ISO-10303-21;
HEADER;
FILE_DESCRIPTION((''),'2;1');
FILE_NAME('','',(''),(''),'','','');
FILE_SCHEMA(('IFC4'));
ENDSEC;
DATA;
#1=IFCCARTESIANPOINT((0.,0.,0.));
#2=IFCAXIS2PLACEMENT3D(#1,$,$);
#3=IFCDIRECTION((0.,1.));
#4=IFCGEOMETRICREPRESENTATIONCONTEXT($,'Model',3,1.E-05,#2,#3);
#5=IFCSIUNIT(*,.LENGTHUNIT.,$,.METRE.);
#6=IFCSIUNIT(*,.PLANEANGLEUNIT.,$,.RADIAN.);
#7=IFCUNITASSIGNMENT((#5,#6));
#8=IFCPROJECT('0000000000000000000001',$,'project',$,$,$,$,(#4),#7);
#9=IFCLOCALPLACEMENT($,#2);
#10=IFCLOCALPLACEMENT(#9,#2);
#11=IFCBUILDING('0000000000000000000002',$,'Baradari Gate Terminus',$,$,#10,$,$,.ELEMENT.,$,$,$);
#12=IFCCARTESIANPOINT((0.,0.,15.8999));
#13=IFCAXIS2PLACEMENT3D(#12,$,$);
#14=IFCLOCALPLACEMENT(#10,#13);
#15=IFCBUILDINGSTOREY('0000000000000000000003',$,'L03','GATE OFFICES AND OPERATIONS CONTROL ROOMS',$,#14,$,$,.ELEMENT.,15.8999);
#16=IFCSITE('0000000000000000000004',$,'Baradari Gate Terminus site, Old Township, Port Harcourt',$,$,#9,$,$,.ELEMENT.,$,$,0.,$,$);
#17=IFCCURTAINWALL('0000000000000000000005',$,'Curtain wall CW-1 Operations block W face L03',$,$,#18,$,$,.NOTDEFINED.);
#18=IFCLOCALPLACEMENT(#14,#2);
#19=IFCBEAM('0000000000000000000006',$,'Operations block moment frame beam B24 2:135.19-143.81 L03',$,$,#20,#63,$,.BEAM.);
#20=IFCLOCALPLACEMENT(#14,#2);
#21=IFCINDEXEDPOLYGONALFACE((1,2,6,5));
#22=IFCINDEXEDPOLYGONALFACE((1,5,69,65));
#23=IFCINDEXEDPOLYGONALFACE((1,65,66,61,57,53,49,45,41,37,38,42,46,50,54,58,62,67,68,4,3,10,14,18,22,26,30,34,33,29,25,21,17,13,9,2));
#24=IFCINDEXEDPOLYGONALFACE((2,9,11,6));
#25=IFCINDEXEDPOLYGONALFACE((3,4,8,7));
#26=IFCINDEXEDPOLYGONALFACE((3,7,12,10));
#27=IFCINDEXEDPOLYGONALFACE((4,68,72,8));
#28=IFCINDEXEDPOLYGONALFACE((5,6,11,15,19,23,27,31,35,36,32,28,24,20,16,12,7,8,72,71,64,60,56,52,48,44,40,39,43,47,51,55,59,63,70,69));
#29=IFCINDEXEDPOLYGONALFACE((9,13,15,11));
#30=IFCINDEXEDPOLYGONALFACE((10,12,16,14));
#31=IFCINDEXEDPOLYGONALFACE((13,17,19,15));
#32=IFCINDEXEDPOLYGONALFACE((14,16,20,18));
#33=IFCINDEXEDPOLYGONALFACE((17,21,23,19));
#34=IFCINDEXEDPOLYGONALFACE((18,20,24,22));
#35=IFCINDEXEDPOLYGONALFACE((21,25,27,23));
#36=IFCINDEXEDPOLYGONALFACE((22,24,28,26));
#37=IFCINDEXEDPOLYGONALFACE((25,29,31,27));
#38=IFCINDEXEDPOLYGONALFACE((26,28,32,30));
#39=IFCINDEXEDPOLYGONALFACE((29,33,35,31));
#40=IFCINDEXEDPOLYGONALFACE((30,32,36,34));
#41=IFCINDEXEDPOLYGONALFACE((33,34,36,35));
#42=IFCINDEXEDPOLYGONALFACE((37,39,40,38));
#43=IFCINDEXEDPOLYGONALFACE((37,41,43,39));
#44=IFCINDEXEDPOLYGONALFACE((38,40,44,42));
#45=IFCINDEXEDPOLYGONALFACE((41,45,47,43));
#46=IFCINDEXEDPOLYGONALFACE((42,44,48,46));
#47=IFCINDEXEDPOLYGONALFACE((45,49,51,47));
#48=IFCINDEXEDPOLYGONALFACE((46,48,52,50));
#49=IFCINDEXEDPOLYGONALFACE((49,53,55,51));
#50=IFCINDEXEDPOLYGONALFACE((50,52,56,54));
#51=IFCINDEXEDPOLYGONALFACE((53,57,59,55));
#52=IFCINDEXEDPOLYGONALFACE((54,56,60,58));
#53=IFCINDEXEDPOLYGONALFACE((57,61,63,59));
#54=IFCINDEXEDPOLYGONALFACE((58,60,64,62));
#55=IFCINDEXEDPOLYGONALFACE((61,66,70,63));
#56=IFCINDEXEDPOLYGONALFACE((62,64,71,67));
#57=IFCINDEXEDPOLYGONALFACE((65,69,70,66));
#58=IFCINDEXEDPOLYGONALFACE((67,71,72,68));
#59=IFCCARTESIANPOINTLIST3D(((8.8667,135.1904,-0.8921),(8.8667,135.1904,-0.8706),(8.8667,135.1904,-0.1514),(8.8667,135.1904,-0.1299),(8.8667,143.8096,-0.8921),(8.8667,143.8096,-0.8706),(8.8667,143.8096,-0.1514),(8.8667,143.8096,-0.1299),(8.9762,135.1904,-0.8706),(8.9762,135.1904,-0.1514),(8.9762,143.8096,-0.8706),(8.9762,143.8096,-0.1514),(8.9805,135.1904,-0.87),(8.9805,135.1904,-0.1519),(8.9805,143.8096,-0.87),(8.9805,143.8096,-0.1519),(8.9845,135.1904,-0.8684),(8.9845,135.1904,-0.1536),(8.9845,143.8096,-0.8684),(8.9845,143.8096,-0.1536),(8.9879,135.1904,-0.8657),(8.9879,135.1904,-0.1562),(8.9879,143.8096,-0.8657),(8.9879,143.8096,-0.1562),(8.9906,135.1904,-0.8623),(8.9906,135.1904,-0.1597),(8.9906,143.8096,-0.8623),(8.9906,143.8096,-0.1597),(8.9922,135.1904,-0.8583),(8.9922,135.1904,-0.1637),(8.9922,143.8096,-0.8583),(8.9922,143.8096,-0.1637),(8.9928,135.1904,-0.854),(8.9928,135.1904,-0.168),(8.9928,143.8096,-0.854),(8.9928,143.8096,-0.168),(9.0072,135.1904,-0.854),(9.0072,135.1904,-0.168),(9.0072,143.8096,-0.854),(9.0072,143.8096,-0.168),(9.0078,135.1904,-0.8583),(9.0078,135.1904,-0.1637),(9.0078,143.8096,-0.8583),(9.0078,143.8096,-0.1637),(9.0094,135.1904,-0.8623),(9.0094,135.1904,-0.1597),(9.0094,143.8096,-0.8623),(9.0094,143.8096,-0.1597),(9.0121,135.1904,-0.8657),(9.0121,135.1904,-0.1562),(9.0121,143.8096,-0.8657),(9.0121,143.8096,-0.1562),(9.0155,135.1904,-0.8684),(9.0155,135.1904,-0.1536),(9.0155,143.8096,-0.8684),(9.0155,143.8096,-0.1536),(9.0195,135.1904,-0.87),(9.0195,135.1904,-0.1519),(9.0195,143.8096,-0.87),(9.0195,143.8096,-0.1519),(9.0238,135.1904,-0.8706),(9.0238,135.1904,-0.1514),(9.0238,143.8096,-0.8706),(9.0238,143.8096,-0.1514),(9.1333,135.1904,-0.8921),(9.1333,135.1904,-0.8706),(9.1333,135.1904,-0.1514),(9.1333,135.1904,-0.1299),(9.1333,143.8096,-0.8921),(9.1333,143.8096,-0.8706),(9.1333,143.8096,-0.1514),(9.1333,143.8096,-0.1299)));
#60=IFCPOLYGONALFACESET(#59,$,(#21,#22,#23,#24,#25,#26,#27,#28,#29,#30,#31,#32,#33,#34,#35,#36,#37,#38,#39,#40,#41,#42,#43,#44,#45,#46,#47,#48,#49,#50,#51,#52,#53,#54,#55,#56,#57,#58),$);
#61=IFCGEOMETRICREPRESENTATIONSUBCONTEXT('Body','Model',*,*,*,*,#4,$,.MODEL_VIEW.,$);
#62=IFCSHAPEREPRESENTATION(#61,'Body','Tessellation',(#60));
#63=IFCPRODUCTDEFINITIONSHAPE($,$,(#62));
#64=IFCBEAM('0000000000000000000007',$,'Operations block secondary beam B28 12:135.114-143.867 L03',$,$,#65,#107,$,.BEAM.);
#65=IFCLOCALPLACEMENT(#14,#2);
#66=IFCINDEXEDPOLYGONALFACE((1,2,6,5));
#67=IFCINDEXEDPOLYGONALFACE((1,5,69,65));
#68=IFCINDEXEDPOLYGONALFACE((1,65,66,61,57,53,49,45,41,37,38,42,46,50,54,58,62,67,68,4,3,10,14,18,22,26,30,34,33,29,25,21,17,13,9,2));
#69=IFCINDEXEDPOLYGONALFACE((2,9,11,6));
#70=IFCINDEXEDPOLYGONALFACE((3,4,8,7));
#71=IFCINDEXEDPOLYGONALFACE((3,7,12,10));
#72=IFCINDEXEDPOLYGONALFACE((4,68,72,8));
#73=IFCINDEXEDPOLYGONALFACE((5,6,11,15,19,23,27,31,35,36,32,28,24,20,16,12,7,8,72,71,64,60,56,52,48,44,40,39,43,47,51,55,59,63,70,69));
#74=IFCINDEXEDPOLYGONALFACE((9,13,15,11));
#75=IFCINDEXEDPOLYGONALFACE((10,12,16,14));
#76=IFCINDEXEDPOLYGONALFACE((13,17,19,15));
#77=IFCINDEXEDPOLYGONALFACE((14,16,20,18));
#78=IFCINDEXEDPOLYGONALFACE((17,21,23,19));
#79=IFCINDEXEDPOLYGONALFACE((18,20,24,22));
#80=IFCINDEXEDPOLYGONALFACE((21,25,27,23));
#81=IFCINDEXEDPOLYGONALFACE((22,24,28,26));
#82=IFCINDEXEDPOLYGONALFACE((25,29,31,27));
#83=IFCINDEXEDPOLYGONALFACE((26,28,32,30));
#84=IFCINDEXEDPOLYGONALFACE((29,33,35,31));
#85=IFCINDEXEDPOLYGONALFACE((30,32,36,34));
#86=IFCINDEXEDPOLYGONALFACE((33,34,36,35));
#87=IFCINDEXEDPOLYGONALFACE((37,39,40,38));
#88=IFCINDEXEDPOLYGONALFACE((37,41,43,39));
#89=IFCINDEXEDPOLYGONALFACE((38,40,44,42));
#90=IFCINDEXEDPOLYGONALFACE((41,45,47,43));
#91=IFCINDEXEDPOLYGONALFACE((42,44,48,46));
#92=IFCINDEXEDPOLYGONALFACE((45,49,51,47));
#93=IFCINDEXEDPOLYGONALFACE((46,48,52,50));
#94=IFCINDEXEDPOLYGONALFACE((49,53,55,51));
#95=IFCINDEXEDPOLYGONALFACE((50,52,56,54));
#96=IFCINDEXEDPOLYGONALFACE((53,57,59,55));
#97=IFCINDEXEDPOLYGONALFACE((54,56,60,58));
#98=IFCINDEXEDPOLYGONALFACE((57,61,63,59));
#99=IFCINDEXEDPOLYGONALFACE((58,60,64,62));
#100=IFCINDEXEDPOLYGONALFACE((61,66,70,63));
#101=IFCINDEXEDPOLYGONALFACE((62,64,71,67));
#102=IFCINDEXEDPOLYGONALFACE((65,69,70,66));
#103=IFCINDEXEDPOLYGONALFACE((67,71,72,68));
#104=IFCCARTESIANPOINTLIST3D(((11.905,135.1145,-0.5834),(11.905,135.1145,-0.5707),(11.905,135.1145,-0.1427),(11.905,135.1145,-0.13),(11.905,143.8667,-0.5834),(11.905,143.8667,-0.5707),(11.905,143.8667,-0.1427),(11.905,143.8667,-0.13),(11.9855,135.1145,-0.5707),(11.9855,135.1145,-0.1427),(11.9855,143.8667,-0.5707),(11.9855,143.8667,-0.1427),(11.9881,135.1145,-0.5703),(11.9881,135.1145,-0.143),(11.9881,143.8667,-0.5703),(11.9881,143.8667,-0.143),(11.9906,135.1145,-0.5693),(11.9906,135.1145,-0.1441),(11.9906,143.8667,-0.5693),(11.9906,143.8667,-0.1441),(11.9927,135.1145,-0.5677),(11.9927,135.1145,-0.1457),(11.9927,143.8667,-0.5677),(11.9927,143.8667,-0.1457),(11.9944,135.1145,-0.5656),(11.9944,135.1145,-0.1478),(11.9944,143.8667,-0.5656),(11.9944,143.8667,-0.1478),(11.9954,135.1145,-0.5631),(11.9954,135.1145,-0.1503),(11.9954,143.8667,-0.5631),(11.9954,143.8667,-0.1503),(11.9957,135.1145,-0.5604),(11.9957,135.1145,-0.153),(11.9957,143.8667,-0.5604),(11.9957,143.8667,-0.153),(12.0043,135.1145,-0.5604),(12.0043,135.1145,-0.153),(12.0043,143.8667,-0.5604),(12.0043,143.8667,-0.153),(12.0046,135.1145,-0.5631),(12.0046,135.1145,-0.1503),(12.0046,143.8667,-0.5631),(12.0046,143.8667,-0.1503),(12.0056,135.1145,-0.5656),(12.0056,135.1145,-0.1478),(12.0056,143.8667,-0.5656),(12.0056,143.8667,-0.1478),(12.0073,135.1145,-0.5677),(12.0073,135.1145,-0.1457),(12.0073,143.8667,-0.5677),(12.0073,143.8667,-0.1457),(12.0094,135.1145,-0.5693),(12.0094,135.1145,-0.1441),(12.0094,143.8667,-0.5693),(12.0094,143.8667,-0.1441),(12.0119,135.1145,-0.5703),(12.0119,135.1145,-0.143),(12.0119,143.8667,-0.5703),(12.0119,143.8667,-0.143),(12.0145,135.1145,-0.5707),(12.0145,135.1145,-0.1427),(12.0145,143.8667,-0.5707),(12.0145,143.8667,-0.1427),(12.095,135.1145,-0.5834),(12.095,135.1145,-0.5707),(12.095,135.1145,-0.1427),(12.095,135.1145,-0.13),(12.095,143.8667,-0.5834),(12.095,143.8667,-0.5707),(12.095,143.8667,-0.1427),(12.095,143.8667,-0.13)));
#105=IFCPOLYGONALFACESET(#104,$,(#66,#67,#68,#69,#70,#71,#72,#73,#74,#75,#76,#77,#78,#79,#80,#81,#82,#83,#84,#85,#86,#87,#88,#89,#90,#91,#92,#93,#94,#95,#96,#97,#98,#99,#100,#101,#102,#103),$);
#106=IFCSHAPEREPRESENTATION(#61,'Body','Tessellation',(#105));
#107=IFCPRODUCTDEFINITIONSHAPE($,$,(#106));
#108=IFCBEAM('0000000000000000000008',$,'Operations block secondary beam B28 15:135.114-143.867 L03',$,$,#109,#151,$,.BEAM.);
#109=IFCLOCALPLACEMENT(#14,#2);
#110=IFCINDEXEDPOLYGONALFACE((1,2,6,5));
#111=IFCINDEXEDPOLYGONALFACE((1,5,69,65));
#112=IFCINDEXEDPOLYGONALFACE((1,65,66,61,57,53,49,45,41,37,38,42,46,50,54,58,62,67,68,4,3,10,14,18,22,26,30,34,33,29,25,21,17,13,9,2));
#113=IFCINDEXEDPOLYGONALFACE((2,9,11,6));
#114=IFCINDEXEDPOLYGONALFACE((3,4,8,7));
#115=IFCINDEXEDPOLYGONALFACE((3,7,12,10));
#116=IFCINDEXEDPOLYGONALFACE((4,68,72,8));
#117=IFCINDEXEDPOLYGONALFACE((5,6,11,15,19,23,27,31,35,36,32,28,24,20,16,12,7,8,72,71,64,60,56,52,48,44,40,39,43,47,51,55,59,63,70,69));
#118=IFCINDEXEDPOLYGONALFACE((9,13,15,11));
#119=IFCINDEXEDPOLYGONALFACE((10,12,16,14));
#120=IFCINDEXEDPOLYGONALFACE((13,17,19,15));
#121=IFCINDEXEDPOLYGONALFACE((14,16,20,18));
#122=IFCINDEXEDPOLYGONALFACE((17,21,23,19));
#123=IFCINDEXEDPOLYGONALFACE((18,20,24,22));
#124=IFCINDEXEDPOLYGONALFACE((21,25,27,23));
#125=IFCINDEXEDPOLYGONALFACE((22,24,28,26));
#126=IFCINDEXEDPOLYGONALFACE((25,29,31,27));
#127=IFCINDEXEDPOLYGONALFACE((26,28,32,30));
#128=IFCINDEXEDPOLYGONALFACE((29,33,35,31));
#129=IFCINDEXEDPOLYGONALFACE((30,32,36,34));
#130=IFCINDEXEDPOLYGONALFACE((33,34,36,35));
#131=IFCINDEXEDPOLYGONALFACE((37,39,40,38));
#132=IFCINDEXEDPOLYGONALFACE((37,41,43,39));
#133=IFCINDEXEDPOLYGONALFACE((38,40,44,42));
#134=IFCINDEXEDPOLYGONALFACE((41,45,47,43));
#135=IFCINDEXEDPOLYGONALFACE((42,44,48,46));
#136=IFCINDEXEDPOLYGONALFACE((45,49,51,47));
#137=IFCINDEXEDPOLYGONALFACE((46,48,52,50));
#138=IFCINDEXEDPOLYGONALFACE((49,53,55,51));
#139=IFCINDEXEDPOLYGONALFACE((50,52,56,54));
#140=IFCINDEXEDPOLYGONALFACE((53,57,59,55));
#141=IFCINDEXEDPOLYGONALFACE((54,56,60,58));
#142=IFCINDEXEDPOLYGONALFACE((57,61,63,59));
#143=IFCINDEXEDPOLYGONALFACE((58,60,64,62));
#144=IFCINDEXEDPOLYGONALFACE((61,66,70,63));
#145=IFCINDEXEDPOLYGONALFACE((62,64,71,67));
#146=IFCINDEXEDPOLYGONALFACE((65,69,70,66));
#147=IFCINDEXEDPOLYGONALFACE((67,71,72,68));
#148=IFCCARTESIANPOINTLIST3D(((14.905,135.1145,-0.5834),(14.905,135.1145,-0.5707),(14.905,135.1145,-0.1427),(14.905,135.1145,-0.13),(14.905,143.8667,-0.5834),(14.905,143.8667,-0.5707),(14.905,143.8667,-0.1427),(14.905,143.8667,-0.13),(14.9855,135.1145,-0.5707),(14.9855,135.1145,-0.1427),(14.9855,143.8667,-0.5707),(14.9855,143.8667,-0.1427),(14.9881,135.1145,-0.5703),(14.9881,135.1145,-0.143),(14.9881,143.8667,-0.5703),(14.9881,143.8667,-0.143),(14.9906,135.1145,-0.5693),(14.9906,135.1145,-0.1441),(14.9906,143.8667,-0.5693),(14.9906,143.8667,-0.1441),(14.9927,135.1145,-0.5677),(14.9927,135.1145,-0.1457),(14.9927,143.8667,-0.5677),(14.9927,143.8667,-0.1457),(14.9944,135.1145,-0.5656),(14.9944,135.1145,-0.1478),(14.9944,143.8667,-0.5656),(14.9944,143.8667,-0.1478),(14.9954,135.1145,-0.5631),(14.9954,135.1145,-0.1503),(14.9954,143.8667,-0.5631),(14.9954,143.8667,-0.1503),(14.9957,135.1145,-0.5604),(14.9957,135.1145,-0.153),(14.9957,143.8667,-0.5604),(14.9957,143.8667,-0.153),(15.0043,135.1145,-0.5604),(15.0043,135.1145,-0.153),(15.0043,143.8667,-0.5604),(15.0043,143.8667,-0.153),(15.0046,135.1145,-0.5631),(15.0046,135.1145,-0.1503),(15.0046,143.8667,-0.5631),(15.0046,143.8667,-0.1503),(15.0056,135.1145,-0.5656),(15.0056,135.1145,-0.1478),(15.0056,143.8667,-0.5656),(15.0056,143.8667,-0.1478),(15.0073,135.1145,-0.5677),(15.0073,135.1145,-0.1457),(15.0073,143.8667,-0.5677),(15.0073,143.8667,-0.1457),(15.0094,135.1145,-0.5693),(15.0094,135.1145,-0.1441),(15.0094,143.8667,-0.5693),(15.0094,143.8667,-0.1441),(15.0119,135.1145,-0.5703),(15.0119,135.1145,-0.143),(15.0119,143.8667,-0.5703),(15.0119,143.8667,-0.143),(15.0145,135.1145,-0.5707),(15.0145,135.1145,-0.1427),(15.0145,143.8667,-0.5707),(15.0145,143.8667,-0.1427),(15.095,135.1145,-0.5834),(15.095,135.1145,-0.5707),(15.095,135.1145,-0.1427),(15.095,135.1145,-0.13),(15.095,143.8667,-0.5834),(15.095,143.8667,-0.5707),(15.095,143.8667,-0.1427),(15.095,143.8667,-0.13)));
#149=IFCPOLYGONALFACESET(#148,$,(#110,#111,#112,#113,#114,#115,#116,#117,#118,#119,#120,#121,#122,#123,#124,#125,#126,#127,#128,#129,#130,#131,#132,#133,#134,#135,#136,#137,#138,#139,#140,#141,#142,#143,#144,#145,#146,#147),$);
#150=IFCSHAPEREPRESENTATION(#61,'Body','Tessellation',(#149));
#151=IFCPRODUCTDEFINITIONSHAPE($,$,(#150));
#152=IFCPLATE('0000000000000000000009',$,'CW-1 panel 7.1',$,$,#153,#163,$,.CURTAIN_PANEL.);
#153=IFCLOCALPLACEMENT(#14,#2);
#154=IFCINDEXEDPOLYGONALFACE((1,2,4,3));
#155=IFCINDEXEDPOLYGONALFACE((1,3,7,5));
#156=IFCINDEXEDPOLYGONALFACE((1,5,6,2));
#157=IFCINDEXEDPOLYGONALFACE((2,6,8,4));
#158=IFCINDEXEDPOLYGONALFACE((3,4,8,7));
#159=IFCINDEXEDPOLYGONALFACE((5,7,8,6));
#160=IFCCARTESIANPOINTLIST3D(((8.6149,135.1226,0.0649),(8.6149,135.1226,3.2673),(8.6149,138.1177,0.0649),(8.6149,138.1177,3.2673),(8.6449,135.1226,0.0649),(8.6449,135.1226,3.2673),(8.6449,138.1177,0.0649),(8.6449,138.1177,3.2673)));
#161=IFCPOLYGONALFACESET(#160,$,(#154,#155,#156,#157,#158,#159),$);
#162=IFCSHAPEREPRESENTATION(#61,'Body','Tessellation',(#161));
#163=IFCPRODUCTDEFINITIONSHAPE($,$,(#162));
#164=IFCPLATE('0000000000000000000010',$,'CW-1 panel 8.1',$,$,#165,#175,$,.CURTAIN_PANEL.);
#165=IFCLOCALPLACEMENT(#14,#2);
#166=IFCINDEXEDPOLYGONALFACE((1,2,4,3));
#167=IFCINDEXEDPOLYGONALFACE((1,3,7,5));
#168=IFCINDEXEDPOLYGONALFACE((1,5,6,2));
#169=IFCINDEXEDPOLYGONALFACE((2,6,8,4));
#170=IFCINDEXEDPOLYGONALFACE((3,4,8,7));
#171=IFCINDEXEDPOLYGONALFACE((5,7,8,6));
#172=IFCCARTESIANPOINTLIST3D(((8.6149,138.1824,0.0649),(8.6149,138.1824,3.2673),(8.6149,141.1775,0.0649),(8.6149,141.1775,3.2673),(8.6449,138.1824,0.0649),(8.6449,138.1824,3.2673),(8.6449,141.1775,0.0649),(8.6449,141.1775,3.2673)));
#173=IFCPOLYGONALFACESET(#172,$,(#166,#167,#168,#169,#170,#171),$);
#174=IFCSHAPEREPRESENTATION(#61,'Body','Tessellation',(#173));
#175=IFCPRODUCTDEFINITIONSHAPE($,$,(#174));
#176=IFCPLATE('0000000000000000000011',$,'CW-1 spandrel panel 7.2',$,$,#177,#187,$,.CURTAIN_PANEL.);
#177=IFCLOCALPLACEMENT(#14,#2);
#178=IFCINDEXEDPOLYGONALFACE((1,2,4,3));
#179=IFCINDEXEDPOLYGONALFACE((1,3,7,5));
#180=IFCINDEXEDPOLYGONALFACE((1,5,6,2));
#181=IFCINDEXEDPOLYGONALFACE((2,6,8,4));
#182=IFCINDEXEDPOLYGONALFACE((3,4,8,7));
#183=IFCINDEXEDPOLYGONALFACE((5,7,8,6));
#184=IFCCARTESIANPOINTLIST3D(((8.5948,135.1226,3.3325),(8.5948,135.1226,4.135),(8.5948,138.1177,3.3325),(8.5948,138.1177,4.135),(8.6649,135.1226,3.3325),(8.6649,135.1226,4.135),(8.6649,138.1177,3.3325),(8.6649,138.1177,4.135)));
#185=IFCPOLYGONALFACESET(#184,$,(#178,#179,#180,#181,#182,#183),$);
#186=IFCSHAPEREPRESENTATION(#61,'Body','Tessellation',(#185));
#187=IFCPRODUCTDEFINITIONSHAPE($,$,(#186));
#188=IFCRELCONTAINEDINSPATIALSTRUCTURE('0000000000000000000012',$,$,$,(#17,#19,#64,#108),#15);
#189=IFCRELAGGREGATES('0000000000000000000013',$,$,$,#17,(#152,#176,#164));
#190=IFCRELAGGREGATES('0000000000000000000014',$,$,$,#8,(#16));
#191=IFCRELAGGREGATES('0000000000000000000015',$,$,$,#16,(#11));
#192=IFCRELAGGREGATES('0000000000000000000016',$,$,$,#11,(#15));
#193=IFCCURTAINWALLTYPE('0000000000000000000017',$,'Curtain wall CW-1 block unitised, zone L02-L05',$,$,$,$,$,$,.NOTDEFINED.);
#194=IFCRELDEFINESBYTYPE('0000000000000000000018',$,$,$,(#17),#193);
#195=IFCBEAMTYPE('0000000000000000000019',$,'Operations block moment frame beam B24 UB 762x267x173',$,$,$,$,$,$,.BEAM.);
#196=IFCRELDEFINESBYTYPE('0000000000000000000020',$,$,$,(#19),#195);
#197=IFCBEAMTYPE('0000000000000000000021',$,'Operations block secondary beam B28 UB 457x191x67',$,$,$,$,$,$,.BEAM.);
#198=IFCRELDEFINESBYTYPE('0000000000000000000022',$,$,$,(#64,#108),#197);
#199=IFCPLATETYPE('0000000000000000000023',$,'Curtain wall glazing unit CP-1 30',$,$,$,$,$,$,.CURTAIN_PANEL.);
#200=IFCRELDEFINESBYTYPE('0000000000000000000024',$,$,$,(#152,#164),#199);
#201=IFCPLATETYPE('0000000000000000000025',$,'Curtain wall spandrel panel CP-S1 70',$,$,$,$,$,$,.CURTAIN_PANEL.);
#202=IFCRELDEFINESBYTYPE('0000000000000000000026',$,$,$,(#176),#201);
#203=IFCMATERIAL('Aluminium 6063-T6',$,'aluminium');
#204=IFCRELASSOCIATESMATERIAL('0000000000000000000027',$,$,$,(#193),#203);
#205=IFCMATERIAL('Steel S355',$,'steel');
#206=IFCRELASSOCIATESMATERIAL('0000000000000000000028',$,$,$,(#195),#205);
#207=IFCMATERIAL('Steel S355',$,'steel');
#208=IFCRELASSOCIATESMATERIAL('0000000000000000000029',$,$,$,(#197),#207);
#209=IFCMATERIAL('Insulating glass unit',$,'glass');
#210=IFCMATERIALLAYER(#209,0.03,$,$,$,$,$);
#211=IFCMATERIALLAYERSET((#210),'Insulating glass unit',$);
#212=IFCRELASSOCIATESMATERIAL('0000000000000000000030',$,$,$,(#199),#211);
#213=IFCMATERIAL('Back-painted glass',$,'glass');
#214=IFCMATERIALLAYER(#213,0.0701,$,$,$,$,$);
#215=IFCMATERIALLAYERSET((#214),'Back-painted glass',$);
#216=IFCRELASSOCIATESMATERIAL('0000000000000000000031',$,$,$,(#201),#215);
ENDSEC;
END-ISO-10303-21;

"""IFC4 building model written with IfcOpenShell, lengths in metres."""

from ifc_helpers import new_model, si_unit, direction, frame, origin, origin_2d, place, context, subcontext, project, spatial, rectangle, i_section, extrude, material, layer, layer_set, material_profile, profile_set, type_object, element, aggregate, save


model = new_model("IFC4")

# Units and contexts
model_context = context("Model", 3, precision=1e-05, world=origin(), true_north=direction((0.0, 1.0)))
body_context = subcontext(model_context, "Body", "Model", "MODEL_VIEW")
ifc_project = project(units=[si_unit("LENGTHUNIT", "METRE"), si_unit("PLANEANGLEUNIT", "RADIAN")], contexts=[model_context])

# Site, building, storey
site_placement = place(None, origin())
site = spatial("IfcSite", under=ifc_project, at=site_placement, Name="Baradari Gate Terminus site, Old Township, Port Harcourt", CompositionType="ELEMENT", RefElevation=0.0)
building_placement = place(site_placement, origin())
building = spatial("IfcBuilding", under=site, at=building_placement, Name="Baradari Gate Terminus", CompositionType="ELEMENT")
storey_placement = place(building_placement, frame((0.0, 0.0, 15.8999)))
storey = spatial("IfcBuildingStorey", under=building, at=storey_placement, Name="L03", Description="GATE OFFICES AND OPERATIONS CONTROL ROOMS", CompositionType="ELEMENT", Elevation=15.8999)

# Curtain wall
ifc_material_1 = material(Name="Aluminium 6063-T6", Category="aluminium")
curtain_wall_type = type_object("IfcCurtainWallType", Name="Curtain wall CW-1 block unitised, zone L02-L05", PredefinedType="NOTDEFINED", material=ifc_material_1)
curtain_wall_placement = place(storey_placement, origin())
curtain_wall = element("IfcCurtainWall", 1, at=curtain_wall_placement, inside=storey, type_object=curtain_wall_type, Name="Curtain wall CW-1 Operations block W face L03", PredefinedType="NOTDEFINED")

# Beams
ifc_material_2 = material(Name="Steel S355", Category="steel")
ifc_material_profile_1 = material_profile(ifc_material_2, i_section(OverallWidth=0.2666, OverallDepth=0.7622, WebThickness=0.0144, FlangeThickness=0.0215, FilletRadius=0.0166, at=origin_2d()), Name="UB 762x267x173")
ifc_profile_set_1 = profile_set([ifc_material_profile_1], Name="Steel S355")
beam_type_1 = type_object("IfcBeamType", Name="Operations block moment frame beam B24 UB 762x267x173", PredefinedType="BEAM", material=ifc_profile_set_1)
beam_1_placement = place(storey_placement, frame((9.0, 135.1904, -0.511), z_axis=(0.0, 1.0, 0.0), x_axis=(-1.0, 0.0, 0.0)))
element("IfcBeam", 2, at=beam_1_placement, inside=storey, type_object=beam_type_1, Name="Operations block moment frame beam B24 2:135.19-143.81 L03", PredefinedType="BEAM", context=body_context, shape_type="SweptSolid", body=[
    extrude(i_section(OverallWidth=0.2666, OverallDepth=0.7622, WebThickness=0.0144, FlangeThickness=0.0215, FilletRadius=0.0166, at=origin_2d()), origin(), (0.0, 0.0, 1.0), 8.6191),
])
ifc_material_3 = material(Name="Steel S355", Category="steel")
ifc_material_profile_2 = material_profile(ifc_material_3, i_section(OverallWidth=0.1899, OverallDepth=0.4534, WebThickness=0.0085, FlangeThickness=0.0127, FilletRadius=0.0103, at=origin_2d()), Name="UB 457x191x67")
ifc_profile_set_2 = profile_set([ifc_material_profile_2], Name="Steel S355")
beam_type_2 = type_object("IfcBeamType", Name="Operations block secondary beam B28 UB 457x191x67", PredefinedType="BEAM", material=ifc_profile_set_2)
for number, where, z_axis, x_axis, name in (
    (3, (12.0, 135.1145, -0.3567), (0.0, 1.0, 0.0), (-1.0, 0.0, 0.0), "Operations block secondary beam B28 12:135.114-143.867 L03"),
    (4, (15.0, 135.1145, -0.3567), (0.0, 1.0, 0.0), (-1.0, 0.0, 0.0), "Operations block secondary beam B28 15:135.114-143.867 L03"),
):
    element("IfcBeam", number, at=place(storey_placement, frame(where, z_axis=z_axis, x_axis=x_axis)), inside=storey, type_object=beam_type_2, Name=name, PredefinedType="BEAM", context=body_context, shape_type="SweptSolid", body=[
        extrude(i_section(OverallWidth=0.1899, OverallDepth=0.4534, WebThickness=0.0085, FlangeThickness=0.0127, FilletRadius=0.0103, at=origin_2d()), origin(), (0.0, 0.0, 1.0), 8.7522),
    ])

# Plates
ifc_material_4 = material(Name="Insulating glass unit", Category="glass")
ifc_layer_1 = layer(ifc_material_4, 0.03)
ifc_layer_set_1 = layer_set([ifc_layer_1], Name="Insulating glass unit")
plate_type_1 = type_object("IfcPlateType", Name="Curtain wall glazing unit CP-1 30", PredefinedType="CURTAIN_PANEL", material=ifc_layer_set_1)
plate_1_placement = place(storey_placement, frame((8.6299, 136.6201, 0.0649), z_axis=(0.0, 0.0, 1.0), x_axis=(0.0, 1.0, 0.0)))
plate_1 = element("IfcPlate", 5, at=plate_1_placement, type_object=plate_type_1, Name="CW-1 panel 7.1", PredefinedType="CURTAIN_PANEL", context=body_context, shape_type="SweptSolid", body=[
    extrude(rectangle(XDim=2.9951, YDim=0.03, at=origin_2d()), origin(), (0.0, 0.0, 1.0), 3.2024),
])
plate_2_placement = place(storey_placement, frame((8.6299, 139.6799, 0.0649), z_axis=(0.0, 0.0, 1.0), x_axis=(0.0, 1.0, 0.0)))
plate_2 = element("IfcPlate", 6, at=plate_2_placement, type_object=plate_type_1, Name="CW-1 panel 8.1", PredefinedType="CURTAIN_PANEL", context=body_context, shape_type="SweptSolid", body=[
    extrude(rectangle(XDim=2.9951, YDim=0.03, at=origin_2d()), origin(), (0.0, 0.0, 1.0), 3.2024),
])
ifc_material_5 = material(Name="Back-painted glass", Category="glass")
ifc_layer_2 = layer(ifc_material_5, 0.0701)
ifc_layer_set_2 = layer_set([ifc_layer_2], Name="Back-painted glass")
plate_type_2 = type_object("IfcPlateType", Name="Curtain wall spandrel panel CP-S1 70", PredefinedType="CURTAIN_PANEL", material=ifc_layer_set_2)
plate_3_placement = place(storey_placement, frame((8.6299, 136.6201, 3.3325), z_axis=(0.0, 0.0, 1.0), x_axis=(0.0, 1.0, 0.0)))
plate_3 = element("IfcPlate", 7, at=plate_3_placement, type_object=plate_type_2, Name="CW-1 spandrel panel 7.2", PredefinedType="CURTAIN_PANEL", context=body_context, shape_type="SweptSolid", body=[
    extrude(rectangle(XDim=2.9951, YDim=0.0701, at=origin_2d()), origin(), (0.0, 0.0, 1.0), 0.8025),
])
aggregate(curtain_wall, [plate_1, plate_3, plate_2])

save(model, "model.ifc")
